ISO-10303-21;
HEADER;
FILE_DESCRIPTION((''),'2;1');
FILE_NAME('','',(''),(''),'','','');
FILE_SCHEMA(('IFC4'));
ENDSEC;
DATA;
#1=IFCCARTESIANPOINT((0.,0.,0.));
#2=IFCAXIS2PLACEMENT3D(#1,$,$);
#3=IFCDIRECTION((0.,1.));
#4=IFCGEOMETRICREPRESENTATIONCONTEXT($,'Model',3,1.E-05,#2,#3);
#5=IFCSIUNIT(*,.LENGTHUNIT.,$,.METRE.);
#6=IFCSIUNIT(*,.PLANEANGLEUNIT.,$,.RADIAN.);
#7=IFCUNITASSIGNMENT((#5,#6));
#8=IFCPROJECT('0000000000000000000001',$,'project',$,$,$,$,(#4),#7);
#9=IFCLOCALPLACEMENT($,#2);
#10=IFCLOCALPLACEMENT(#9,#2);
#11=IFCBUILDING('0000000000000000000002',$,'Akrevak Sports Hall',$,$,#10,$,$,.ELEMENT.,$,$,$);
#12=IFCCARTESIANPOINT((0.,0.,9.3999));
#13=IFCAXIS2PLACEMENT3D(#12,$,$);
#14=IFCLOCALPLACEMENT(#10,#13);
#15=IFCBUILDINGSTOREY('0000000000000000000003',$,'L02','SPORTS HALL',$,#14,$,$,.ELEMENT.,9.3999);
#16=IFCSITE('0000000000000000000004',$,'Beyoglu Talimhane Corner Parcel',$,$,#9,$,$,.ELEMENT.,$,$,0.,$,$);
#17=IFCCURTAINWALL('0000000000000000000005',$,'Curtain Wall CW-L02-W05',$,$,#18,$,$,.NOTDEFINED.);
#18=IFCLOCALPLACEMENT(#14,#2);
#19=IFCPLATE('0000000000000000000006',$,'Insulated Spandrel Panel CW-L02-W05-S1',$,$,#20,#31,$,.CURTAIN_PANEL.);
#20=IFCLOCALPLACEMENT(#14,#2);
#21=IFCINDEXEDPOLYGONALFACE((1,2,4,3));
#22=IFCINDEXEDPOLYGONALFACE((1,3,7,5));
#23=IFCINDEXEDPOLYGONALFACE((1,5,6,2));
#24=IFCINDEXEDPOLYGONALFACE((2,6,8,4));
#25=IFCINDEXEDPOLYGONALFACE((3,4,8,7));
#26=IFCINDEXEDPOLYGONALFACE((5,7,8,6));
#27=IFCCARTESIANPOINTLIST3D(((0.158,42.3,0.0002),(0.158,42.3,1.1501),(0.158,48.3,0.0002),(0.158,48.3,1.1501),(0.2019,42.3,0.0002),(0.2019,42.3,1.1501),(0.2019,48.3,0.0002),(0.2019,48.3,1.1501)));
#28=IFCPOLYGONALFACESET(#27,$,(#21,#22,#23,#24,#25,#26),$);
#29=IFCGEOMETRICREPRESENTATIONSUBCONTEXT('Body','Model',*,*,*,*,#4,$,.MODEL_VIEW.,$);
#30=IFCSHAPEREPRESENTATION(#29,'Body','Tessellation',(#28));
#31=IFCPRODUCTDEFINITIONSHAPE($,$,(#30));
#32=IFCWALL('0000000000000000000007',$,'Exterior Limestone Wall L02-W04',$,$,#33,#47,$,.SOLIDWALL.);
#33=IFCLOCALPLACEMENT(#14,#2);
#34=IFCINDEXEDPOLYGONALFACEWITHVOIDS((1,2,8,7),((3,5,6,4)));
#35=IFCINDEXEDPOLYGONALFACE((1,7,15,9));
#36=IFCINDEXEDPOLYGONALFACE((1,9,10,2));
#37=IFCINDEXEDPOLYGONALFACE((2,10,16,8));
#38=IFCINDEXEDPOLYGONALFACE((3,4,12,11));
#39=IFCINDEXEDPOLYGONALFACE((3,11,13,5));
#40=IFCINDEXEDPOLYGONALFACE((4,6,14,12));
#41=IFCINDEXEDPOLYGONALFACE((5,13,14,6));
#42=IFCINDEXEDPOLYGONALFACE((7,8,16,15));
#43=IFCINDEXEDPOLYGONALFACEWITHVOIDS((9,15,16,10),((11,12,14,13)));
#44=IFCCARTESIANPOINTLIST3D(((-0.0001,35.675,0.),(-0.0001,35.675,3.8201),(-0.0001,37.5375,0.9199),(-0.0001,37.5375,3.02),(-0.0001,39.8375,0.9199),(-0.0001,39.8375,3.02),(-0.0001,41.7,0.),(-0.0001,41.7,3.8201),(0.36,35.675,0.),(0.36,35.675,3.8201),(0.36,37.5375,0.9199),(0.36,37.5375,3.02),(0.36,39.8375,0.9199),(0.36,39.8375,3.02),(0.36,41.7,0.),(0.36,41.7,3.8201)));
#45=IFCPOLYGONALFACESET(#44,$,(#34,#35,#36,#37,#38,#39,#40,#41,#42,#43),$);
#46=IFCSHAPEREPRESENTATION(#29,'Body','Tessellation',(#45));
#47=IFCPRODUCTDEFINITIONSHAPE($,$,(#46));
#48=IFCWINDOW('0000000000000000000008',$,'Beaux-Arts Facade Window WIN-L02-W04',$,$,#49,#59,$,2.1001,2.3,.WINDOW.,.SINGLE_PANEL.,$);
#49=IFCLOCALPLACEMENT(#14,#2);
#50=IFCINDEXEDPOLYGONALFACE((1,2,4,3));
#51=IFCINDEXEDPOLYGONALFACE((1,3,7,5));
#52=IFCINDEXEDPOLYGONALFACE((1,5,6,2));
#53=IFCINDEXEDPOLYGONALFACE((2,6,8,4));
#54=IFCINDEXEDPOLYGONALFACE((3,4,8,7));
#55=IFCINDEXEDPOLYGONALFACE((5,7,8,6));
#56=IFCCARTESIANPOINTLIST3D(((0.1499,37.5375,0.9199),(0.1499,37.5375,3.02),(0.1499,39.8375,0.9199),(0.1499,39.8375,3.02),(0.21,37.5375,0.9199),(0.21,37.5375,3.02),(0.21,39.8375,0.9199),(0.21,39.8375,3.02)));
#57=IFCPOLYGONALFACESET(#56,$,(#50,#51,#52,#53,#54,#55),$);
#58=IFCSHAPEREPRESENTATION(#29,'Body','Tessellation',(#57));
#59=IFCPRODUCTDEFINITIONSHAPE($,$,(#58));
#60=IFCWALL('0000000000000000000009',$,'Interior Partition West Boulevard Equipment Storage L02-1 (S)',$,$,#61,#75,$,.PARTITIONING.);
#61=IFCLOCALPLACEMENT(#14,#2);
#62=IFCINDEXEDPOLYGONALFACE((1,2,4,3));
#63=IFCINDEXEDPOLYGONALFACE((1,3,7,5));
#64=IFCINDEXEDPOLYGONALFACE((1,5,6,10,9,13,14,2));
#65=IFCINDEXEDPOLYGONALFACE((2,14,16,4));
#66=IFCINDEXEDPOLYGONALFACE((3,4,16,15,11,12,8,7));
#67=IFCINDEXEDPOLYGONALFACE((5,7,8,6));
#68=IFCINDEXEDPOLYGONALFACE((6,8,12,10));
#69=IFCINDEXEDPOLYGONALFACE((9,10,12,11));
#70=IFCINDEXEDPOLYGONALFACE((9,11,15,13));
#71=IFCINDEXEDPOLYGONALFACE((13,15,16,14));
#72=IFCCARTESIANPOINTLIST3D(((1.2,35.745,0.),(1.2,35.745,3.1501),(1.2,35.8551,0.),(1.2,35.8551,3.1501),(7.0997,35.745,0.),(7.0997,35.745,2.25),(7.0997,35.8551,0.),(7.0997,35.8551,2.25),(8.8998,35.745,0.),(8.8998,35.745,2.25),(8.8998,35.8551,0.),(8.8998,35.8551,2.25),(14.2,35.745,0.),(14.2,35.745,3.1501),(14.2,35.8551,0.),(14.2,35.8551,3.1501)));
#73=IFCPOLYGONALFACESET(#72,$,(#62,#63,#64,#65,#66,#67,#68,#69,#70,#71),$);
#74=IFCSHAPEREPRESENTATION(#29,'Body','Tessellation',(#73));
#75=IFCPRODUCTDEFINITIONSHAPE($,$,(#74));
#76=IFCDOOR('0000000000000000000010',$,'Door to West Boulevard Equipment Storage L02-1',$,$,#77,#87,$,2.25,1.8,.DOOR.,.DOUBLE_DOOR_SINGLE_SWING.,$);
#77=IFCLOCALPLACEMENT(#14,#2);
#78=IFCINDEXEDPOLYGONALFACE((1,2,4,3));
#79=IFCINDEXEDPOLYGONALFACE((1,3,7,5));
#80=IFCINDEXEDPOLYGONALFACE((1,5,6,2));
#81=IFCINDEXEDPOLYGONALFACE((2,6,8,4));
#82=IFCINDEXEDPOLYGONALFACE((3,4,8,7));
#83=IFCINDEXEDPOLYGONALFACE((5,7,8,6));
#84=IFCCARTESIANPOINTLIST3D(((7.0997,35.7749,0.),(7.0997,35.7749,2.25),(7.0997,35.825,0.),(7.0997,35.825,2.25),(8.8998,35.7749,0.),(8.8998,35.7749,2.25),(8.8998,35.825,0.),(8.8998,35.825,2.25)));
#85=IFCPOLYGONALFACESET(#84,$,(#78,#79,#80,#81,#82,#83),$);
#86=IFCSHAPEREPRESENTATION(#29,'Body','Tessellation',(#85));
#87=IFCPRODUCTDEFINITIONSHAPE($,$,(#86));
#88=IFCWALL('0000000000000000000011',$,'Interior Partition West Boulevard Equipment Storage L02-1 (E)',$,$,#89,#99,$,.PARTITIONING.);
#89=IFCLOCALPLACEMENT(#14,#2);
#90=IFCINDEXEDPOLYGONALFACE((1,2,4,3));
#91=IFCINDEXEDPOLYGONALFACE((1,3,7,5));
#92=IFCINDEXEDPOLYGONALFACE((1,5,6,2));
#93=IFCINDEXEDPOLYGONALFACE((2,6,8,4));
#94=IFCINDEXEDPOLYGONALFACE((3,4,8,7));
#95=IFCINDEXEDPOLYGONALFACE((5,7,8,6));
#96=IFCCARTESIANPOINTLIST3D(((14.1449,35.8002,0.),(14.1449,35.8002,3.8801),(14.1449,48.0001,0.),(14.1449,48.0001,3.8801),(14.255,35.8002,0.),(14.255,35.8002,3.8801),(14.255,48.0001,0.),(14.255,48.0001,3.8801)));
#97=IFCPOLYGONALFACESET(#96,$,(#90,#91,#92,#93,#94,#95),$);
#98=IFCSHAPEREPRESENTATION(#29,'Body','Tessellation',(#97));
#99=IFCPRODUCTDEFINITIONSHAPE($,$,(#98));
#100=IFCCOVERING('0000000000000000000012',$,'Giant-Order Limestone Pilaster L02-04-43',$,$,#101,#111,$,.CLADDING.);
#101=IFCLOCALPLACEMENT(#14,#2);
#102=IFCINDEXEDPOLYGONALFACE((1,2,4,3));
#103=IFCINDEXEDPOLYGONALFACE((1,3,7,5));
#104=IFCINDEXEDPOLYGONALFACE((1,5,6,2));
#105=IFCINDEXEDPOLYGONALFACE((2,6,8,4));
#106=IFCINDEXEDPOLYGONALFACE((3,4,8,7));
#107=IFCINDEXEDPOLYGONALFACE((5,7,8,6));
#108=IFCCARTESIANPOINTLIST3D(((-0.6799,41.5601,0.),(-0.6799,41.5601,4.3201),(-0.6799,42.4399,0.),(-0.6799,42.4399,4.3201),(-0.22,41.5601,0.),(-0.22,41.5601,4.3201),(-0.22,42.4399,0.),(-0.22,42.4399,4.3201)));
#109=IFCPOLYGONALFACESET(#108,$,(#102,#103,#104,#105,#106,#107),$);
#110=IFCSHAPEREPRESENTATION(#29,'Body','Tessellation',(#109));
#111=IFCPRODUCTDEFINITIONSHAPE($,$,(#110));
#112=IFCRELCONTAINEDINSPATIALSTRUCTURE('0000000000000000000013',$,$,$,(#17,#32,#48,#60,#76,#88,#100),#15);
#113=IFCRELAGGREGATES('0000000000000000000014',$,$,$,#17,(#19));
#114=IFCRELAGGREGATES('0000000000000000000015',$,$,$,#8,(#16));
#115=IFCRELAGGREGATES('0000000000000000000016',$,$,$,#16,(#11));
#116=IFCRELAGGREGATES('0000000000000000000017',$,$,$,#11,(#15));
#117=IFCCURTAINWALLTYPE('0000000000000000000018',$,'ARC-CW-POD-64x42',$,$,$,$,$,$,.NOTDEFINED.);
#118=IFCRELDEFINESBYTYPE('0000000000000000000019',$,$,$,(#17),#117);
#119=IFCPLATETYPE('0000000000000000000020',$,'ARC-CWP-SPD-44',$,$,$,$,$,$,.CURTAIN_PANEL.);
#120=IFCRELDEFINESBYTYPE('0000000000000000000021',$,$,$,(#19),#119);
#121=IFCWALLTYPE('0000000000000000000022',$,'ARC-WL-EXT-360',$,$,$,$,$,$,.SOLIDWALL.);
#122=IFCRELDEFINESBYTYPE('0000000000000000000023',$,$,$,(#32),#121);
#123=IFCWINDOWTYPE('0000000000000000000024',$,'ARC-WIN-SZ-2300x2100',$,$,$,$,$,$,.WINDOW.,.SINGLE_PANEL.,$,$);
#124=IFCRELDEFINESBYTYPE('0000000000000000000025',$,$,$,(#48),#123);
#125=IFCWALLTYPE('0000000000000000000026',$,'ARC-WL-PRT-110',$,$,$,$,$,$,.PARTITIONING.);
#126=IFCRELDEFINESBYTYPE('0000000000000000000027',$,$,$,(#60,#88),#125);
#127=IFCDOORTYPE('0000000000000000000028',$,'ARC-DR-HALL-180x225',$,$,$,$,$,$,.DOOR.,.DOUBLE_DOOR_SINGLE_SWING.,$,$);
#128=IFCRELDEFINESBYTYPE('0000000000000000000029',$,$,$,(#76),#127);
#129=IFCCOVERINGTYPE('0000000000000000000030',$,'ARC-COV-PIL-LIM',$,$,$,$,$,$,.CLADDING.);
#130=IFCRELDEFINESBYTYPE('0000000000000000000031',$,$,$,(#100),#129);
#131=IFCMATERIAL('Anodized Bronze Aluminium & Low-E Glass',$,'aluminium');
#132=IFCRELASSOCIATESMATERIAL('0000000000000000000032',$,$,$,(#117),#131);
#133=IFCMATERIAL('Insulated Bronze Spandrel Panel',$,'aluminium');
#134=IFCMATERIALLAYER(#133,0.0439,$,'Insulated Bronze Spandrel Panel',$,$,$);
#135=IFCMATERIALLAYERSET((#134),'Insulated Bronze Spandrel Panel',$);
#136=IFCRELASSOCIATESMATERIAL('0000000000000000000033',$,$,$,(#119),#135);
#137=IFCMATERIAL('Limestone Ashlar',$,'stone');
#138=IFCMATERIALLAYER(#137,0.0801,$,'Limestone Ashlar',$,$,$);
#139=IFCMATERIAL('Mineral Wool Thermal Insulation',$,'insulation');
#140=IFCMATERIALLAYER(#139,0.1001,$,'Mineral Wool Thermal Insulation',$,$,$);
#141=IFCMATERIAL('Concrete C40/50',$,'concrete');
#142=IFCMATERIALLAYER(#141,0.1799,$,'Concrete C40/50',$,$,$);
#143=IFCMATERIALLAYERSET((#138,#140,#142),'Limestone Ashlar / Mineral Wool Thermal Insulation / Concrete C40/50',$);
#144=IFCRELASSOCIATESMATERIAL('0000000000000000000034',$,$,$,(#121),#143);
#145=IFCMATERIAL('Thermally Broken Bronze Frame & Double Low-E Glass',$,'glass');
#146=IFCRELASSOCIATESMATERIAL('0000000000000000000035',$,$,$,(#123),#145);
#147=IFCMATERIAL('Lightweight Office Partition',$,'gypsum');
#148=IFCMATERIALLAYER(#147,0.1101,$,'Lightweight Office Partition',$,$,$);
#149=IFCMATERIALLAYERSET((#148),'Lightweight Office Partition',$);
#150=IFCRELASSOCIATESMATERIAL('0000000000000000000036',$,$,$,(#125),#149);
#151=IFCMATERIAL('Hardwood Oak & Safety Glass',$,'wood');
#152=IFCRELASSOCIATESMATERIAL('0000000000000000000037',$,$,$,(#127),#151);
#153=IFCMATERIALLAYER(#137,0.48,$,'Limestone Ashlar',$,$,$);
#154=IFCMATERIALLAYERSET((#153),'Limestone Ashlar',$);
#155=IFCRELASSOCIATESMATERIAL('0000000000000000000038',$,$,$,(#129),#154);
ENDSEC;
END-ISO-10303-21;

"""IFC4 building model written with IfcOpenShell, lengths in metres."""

from ifc_helpers import new_model, si_unit, direction, frame, frame_2d, origin, origin_2d, place, context, subcontext, project, spatial, rectangle, extrude, material, layer, layer_set, type_object, element, fill, aggregate, save


model = new_model("IFC4")

# Units and contexts
model_context = context("Model", 3, precision=1e-05, world=origin(), true_north=direction((0.0, 1.0)))
body_context = subcontext(model_context, "Body", "Model", "MODEL_VIEW")
ifc_project = project(units=[si_unit("LENGTHUNIT", "METRE"), si_unit("PLANEANGLEUNIT", "RADIAN")], contexts=[model_context])

# Site, building, storey
site_placement = place(None, origin())
site = spatial("IfcSite", under=ifc_project, at=site_placement, Name="Beyoglu Talimhane Corner Parcel", CompositionType="ELEMENT", RefElevation=0.0)
building_placement = place(site_placement, origin())
building = spatial("IfcBuilding", under=site, at=building_placement, Name="Akrevak Sports Hall", CompositionType="ELEMENT")
storey_placement = place(building_placement, frame((0.0, 0.0, 9.3999)))
storey = spatial("IfcBuildingStorey", under=building, at=storey_placement, Name="L02", Description="SPORTS HALL", CompositionType="ELEMENT", Elevation=9.3999)

# Shared definitions
ifc_material_1 = material(Name="Concrete C40/50", Category="concrete")

# Curtain wall
ifc_material_2 = material(Name="Anodized Bronze Aluminium & Low-E Glass", Category="aluminium")
curtain_wall_type = type_object("IfcCurtainWallType", Name="ARC-CW-POD-64x42", PredefinedType="NOTDEFINED", material=ifc_material_2)
curtain_wall_placement = place(storey_placement, origin())
curtain_wall = element("IfcCurtainWall", 1, at=curtain_wall_placement, inside=storey, type_object=curtain_wall_type, Name="Curtain Wall CW-L02-W05", PredefinedType="NOTDEFINED")

# Plate
ifc_material_3 = material(Name="Insulated Bronze Spandrel Panel", Category="aluminium")
ifc_layer_1 = layer(ifc_material_3, 0.0439, Name="Insulated Bronze Spandrel Panel")
ifc_layer_set_1 = layer_set([ifc_layer_1], Name="Insulated Bronze Spandrel Panel")
plate_type_1 = type_object("IfcPlateType", Name="ARC-CWP-SPD-44", PredefinedType="CURTAIN_PANEL", material=ifc_layer_set_1)
plate_1_placement = place(storey_placement, frame((0.1799, 45.3, 0.0002), z_axis=(0.0, 0.0, 1.0), x_axis=(0.0, -1.0, 0.0)))
plate_1 = element("IfcPlate", 2, at=plate_1_placement, type_object=plate_type_1, Name="Insulated Spandrel Panel CW-L02-W05-S1", PredefinedType="CURTAIN_PANEL", context=body_context, shape_type="SweptSolid", body=[
    extrude(rectangle(XDim=6.0, YDim=0.0439, at=origin_2d()), origin(), (0.0, 0.0, 1.0), 1.1499),
])
aggregate(curtain_wall, [plate_1])

# Wall, opening, window
ifc_material_4 = material(Name="Limestone Ashlar", Category="stone")
ifc_layer_2 = layer(ifc_material_4, 0.0801, Name="Limestone Ashlar")
ifc_material_5 = material(Name="Mineral Wool Thermal Insulation", Category="insulation")
ifc_layer_3 = layer(ifc_material_5, 0.1001, Name="Mineral Wool Thermal Insulation")
ifc_layer_4 = layer(ifc_material_1, 0.1799, Name="Concrete C40/50")
ifc_layer_set_2 = layer_set([ifc_layer_2, ifc_layer_3, ifc_layer_4], Name="Limestone Ashlar / Mineral Wool Thermal Insulation / Concrete C40/50")
wall_type_1 = type_object("IfcWallType", Name="ARC-WL-EXT-360", PredefinedType="SOLIDWALL", material=ifc_layer_set_2)
wall_1_placement = place(storey_placement, frame((0.1799, 41.7, 0.0), z_axis=(0.0, 0.0, 1.0), x_axis=(0.0, -1.0, 0.0)))
wall_1 = element("IfcWall", 3, at=wall_1_placement, inside=storey, type_object=wall_type_1, Name="Exterior Limestone Wall L02-W04", PredefinedType="SOLIDWALL", context=body_context, shape_type="SweptSolid", body=[
    extrude(rectangle(XDim=6.0249, YDim=0.3601, at=frame_2d((3.0125, 0.0))), origin(), (0.0, 0.0, 1.0), 3.8201),
])
opening_1_placement = place(wall_1_placement, frame((1.8625, 0.0, 0.9199)))
opening_1 = element("IfcOpeningElement", 4, at=opening_1_placement, cuts=wall_1, PredefinedType="OPENING", context=body_context, shape_type="SweptSolid", body=[
    extrude(rectangle(XDim=2.3, YDim=2.1001, at=frame_2d((1.1499, 1.05))), frame((0.0, 0.1919, 0.0), z_axis=(0.0, -1.0, 0.0), x_axis=(1.0, 0.0, 0.0)), (0.0, 0.0, 1.0), 0.384),
])
ifc_material_6 = material(Name="Thermally Broken Bronze Frame & Double Low-E Glass", Category="glass")
window_type = type_object("IfcWindowType", Name="ARC-WIN-SZ-2300x2100", PartitioningType="SINGLE_PANEL", PredefinedType="WINDOW", material=ifc_material_6)
window_placement = place(opening_1_placement, origin())
window = element("IfcWindow", 5, at=window_placement, inside=storey, type_object=window_type, Name="Beaux-Arts Facade Window WIN-L02-W04", OverallHeight=2.1001, OverallWidth=2.3, PartitioningType="SINGLE_PANEL", PredefinedType="WINDOW", context=body_context, shape_type="SweptSolid", body=[
    extrude(rectangle(XDim=2.3, YDim=2.1001, at=frame_2d((1.1499, 1.05))), frame((0.0, 0.03, 0.0), z_axis=(0.0, -1.0, 0.0), x_axis=(1.0, 0.0, 0.0)), (0.0, 0.0, 1.0), 0.0601),
])
fill(opening_1, window)

# Wall, opening, door
ifc_material_7 = material(Name="Lightweight Office Partition", Category="gypsum")
ifc_layer_5 = layer(ifc_material_7, 0.1101, Name="Lightweight Office Partition")
ifc_layer_set_3 = layer_set([ifc_layer_5], Name="Lightweight Office Partition")
wall_type_2 = type_object("IfcWallType", Name="ARC-WL-PRT-110", PredefinedType="PARTITIONING", material=ifc_layer_set_3)
wall_2_placement = place(storey_placement, frame((1.2, 35.8, 0.0), z_axis=(0.0, 0.0, 1.0), x_axis=(1.0, 0.0, 0.0)))
wall_2 = element("IfcWall", 6, at=wall_2_placement, inside=storey, type_object=wall_type_2, Name="Interior Partition West Boulevard Equipment Storage L02-1 (S)", PredefinedType="PARTITIONING", context=body_context, shape_type="SweptSolid", body=[
    extrude(rectangle(XDim=13.0, YDim=0.1101, at=frame_2d((6.5, 0.0))), origin(), (0.0, 0.0, 1.0), 3.1501),
])
opening_2_placement = place(wall_2_placement, frame((5.8999, 0.0, 0.0)))
opening_2 = element("IfcOpeningElement", 7, at=opening_2_placement, cuts=wall_2, PredefinedType="OPENING", context=body_context, shape_type="SweptSolid", body=[
    extrude(rectangle(XDim=1.8, YDim=2.25, at=frame_2d((0.8999, 1.125))), frame((0.0, 0.0669, 0.0), z_axis=(0.0, -1.0, 0.0), x_axis=(1.0, 0.0, 0.0)), (0.0, 0.0, 1.0), 0.134),
])
ifc_material_8 = material(Name="Hardwood Oak & Safety Glass", Category="wood")
door_type = type_object("IfcDoorType", Name="ARC-DR-HALL-180x225", OperationType="DOUBLE_DOOR_SINGLE_SWING", PredefinedType="DOOR", material=ifc_material_8)
door_placement = place(opening_2_placement, origin())
door = element("IfcDoor", 8, at=door_placement, inside=storey, type_object=door_type, Name="Door to West Boulevard Equipment Storage L02-1", OperationType="DOUBLE_DOOR_SINGLE_SWING", OverallHeight=2.25, OverallWidth=1.8, PredefinedType="DOOR", context=body_context, shape_type="SweptSolid", body=[
    extrude(rectangle(XDim=1.8, YDim=2.25, at=frame_2d((0.8999, 1.125))), frame((0.0, 0.0249, 0.0), z_axis=(0.0, -1.0, 0.0), x_axis=(1.0, 0.0, 0.0)), (0.0, 0.0, 1.0), 0.05),
])
fill(opening_2, door)

# Wall
wall_3_placement = place(storey_placement, frame((14.2, 35.8, 0.0), z_axis=(0.0, 0.0, 1.0), x_axis=(0.0, 1.0, 0.0)))
element("IfcWall", 9, at=wall_3_placement, inside=storey, type_object=wall_type_2, Name="Interior Partition West Boulevard Equipment Storage L02-1 (E)", PredefinedType="PARTITIONING", context=body_context, shape_type="SweptSolid", body=[
    extrude(rectangle(XDim=12.2, YDim=0.1101, at=frame_2d((6.1001, 0.0))), origin(), (0.0, 0.0, 1.0), 3.8801),
])

# Covering
ifc_layer_6 = layer(ifc_material_4, 0.48, Name="Limestone Ashlar")
ifc_layer_set_4 = layer_set([ifc_layer_6], Name="Limestone Ashlar")
covering_type = type_object("IfcCoveringType", Name="ARC-COV-PIL-LIM", PredefinedType="CLADDING", material=ifc_layer_set_4)
covering_placement = place(storey_placement, frame((-0.45, 42.0, 0.0), z_axis=(0.0, 0.0, 1.0), x_axis=(0.0, -1.0, 0.0)))
element("IfcCovering", 10, at=covering_placement, inside=storey, type_object=covering_type, Name="Giant-Order Limestone Pilaster L02-04-43", PredefinedType="CLADDING", context=body_context, shape_type="SweptSolid", body=[
    extrude(rectangle(XDim=0.8799, YDim=0.46, at=origin_2d()), origin(), (0.0, 0.0, 1.0), 4.3201),
])

save(model, "model.ifc")
